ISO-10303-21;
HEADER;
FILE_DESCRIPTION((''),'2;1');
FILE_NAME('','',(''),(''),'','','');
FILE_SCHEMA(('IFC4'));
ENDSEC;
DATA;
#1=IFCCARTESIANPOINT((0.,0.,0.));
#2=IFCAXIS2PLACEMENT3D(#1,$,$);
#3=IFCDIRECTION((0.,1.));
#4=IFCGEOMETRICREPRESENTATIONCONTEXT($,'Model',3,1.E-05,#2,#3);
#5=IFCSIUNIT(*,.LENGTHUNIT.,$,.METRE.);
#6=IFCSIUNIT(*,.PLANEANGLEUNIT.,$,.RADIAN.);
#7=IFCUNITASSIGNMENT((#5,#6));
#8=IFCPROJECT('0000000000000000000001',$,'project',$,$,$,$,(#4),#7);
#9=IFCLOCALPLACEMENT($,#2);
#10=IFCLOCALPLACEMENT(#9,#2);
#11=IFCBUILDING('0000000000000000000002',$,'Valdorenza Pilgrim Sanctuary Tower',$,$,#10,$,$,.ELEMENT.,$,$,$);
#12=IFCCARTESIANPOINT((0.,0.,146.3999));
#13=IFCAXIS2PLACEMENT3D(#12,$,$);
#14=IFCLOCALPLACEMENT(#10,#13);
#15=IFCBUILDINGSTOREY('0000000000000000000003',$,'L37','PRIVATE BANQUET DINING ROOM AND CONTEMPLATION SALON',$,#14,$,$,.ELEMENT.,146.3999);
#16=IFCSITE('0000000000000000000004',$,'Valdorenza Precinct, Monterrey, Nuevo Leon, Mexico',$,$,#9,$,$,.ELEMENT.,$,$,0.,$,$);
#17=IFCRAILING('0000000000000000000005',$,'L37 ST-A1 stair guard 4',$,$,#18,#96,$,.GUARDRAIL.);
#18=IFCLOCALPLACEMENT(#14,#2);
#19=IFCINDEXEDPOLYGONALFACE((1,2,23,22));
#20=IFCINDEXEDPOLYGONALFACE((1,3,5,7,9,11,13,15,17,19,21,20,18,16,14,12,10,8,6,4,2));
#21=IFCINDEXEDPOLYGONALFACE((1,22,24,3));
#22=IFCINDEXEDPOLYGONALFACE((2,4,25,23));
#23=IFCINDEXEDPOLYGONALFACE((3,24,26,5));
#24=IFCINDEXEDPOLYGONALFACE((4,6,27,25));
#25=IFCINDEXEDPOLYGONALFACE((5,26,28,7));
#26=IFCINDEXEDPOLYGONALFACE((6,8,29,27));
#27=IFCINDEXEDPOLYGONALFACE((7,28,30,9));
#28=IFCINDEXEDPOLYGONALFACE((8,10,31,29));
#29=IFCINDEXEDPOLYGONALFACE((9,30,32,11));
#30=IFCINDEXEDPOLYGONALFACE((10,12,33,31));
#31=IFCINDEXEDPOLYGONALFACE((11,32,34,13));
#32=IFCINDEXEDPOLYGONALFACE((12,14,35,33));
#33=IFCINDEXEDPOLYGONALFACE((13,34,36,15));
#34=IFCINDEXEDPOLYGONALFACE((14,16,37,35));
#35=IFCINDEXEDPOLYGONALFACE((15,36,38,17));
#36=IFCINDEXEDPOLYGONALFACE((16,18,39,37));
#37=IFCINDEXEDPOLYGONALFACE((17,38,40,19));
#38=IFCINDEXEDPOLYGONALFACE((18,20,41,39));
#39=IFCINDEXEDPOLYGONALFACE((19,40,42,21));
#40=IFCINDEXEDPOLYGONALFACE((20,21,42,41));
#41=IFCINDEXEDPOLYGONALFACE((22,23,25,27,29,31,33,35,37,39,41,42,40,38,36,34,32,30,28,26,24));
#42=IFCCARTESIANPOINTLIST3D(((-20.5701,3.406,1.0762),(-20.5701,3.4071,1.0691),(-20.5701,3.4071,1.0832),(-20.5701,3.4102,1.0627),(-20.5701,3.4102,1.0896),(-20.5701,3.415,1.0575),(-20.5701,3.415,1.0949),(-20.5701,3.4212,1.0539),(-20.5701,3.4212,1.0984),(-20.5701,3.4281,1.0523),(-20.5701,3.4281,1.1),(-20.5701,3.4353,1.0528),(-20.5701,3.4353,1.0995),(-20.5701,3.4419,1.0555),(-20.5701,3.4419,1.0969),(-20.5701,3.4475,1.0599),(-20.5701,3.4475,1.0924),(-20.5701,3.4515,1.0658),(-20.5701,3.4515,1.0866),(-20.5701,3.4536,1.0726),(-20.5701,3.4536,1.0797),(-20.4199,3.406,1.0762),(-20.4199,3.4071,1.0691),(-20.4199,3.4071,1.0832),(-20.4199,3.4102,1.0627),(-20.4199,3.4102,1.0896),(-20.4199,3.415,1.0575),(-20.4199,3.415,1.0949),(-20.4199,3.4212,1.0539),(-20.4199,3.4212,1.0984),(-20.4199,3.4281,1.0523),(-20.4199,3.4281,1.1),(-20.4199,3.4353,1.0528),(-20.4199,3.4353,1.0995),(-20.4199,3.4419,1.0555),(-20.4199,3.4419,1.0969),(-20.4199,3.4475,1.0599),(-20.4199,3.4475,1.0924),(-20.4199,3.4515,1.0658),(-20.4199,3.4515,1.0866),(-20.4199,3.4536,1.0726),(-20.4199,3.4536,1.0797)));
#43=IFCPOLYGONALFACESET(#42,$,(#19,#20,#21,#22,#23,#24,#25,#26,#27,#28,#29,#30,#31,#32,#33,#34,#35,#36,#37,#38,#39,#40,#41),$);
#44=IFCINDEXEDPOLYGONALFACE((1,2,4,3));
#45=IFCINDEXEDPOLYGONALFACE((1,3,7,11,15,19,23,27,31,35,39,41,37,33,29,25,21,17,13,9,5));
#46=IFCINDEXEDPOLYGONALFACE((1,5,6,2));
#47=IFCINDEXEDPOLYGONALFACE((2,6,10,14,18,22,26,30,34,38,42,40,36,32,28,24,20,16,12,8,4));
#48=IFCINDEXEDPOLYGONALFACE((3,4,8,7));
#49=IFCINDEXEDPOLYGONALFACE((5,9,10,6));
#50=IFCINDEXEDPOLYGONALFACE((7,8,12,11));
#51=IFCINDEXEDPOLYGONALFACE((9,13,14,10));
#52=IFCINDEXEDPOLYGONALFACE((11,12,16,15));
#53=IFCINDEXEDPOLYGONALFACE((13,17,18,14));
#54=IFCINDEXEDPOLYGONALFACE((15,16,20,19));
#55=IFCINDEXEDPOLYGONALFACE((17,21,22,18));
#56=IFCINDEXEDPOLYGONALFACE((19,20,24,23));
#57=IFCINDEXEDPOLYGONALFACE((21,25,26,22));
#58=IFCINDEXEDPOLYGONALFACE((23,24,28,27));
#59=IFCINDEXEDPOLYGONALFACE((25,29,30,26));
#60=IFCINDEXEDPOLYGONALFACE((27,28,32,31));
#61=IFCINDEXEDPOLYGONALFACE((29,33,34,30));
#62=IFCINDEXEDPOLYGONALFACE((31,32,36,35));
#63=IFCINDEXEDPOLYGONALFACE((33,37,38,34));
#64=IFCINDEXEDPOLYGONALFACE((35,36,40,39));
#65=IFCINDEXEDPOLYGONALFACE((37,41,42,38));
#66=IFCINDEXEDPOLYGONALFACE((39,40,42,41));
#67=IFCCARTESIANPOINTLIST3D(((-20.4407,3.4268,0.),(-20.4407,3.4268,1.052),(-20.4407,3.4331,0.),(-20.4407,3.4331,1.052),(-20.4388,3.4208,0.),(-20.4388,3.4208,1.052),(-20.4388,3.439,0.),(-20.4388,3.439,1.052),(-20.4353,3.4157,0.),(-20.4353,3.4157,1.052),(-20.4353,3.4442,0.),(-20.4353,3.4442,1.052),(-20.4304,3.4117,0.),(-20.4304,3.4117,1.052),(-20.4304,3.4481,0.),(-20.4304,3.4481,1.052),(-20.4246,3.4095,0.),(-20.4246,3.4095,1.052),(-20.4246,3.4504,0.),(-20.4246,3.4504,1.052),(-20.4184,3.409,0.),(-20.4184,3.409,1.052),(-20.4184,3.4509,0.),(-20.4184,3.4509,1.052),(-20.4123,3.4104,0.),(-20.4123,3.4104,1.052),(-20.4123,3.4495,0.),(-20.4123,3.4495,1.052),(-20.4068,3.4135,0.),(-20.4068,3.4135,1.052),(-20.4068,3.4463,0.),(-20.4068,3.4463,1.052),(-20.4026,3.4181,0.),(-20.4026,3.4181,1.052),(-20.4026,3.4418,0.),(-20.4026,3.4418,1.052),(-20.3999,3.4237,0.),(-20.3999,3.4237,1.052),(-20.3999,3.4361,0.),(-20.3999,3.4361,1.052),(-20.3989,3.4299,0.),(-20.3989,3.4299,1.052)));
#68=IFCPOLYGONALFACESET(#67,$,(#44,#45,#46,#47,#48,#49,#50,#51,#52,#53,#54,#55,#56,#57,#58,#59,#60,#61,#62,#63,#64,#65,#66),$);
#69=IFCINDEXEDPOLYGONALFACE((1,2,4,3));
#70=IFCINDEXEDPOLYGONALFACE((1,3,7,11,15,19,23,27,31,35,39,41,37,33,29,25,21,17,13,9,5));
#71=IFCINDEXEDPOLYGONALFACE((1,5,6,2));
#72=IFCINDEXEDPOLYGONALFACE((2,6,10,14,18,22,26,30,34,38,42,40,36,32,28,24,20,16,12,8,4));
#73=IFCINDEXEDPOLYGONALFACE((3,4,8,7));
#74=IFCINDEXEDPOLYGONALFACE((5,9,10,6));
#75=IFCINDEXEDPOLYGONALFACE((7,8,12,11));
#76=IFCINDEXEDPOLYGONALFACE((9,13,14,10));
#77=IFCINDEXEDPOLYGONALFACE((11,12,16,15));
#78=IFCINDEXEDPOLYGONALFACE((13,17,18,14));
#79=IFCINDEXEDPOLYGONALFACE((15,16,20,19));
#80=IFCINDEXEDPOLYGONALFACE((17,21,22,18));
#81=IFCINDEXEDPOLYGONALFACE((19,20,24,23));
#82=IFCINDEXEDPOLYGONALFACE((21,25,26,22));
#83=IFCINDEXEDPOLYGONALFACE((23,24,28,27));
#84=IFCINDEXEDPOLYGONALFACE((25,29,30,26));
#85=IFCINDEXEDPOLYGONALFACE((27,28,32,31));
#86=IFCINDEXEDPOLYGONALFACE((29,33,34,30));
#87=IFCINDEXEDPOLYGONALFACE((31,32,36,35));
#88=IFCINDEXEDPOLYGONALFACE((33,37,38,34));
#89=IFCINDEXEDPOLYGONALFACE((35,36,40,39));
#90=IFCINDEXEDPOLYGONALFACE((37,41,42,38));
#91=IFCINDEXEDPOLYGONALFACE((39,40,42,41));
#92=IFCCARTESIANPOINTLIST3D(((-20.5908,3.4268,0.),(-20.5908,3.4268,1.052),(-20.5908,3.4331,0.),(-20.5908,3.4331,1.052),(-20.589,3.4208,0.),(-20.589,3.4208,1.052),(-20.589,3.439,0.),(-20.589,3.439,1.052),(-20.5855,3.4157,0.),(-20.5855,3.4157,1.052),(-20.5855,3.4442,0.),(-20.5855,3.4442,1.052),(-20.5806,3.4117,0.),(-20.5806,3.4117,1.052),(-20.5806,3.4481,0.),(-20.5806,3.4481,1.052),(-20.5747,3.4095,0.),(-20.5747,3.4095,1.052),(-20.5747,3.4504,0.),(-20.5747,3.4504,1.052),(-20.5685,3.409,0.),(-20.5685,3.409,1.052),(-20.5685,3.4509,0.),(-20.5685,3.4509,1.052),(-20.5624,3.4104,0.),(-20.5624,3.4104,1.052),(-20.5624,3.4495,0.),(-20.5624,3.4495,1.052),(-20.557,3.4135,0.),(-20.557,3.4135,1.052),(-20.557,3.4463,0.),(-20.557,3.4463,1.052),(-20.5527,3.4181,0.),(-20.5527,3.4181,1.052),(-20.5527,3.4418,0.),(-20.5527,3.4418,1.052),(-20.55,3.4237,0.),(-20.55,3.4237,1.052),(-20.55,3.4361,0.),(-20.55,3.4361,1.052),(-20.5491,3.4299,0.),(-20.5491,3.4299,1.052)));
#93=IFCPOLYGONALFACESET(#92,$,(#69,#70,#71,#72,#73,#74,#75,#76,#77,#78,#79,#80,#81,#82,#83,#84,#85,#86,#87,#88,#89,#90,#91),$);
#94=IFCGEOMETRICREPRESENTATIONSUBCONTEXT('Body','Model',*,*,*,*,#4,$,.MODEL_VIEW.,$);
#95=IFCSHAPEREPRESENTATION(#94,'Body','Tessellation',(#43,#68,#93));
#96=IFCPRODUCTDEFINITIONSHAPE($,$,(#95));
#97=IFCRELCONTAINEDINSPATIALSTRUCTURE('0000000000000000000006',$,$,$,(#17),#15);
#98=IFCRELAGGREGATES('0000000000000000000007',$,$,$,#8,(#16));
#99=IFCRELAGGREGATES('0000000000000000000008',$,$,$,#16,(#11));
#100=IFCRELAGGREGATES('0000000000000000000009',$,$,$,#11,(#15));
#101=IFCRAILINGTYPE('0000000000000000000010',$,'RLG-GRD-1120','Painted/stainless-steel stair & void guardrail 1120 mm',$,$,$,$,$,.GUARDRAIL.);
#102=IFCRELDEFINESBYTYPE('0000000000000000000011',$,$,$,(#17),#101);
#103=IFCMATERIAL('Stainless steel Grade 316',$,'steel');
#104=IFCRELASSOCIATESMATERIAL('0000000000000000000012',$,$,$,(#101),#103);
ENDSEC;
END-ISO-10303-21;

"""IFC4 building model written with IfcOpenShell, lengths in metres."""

from ifc_helpers import new_model, si_unit, direction, frame, origin, origin_2d, place, context, subcontext, project, spatial, circle, extrude, material, type_object, element, save


model = new_model("IFC4")

# Units and contexts
model_context = context("Model", 3, precision=1e-05, world=origin(), true_north=direction((0.0, 1.0)))
body_context = subcontext(model_context, "Body", "Model", "MODEL_VIEW")
ifc_project = project(units=[si_unit("LENGTHUNIT", "METRE"), si_unit("PLANEANGLEUNIT", "RADIAN")], contexts=[model_context])

# Site, building, storey
site_placement = place(None, origin())
site = spatial("IfcSite", under=ifc_project, at=site_placement, Name="Valdorenza Precinct, Monterrey, Nuevo Leon, Mexico", CompositionType="ELEMENT", RefElevation=0.0)
building_placement = place(site_placement, origin())
building = spatial("IfcBuilding", under=site, at=building_placement, Name="Valdorenza Pilgrim Sanctuary Tower", CompositionType="ELEMENT")
storey_placement = place(building_placement, frame((0.0, 0.0, 146.3999)))
storey = spatial("IfcBuildingStorey", under=building, at=storey_placement, Name="L37", Description="PRIVATE BANQUET DINING ROOM AND CONTEMPLATION SALON", CompositionType="ELEMENT", Elevation=146.3999)

# Railing
ifc_material_1 = material(Name="Stainless steel Grade 316", Category="steel")
railing_type_1 = type_object("IfcRailingType", Name="RLG-GRD-1120", Description="Painted/stainless-steel stair & void guardrail 1120 mm", PredefinedType="GUARDRAIL", material=ifc_material_1)
railing_1_placement = place(storey_placement, frame((-20.4199, 3.4299, 0.0)))
element("IfcRailing", 1, at=railing_1_placement, inside=storey, type_object=railing_type_1, Name="L37 ST-A1 stair guard 4", PredefinedType="GUARDRAIL", context=body_context, shape_type="SweptSolid", body=[
    extrude(circle(Radius=0.0239, at=origin_2d()), frame((0.0, 0.0, 1.0762), z_axis=(-1.0, 0.0, 0.0), x_axis=(0.0, -1.0, 0.0)), (0.0, 0.0, 1.0), 0.1501),
    extrude(circle(Radius=0.021, at=origin_2d()), origin(), (0.0, 0.0, 1.0), 1.052),
    extrude(circle(Radius=0.021, at=origin_2d()), frame((-0.1501, 0.0, 0.0)), (0.0, 0.0, 1.0), 1.052),
])

save(model, "model.ifc")
